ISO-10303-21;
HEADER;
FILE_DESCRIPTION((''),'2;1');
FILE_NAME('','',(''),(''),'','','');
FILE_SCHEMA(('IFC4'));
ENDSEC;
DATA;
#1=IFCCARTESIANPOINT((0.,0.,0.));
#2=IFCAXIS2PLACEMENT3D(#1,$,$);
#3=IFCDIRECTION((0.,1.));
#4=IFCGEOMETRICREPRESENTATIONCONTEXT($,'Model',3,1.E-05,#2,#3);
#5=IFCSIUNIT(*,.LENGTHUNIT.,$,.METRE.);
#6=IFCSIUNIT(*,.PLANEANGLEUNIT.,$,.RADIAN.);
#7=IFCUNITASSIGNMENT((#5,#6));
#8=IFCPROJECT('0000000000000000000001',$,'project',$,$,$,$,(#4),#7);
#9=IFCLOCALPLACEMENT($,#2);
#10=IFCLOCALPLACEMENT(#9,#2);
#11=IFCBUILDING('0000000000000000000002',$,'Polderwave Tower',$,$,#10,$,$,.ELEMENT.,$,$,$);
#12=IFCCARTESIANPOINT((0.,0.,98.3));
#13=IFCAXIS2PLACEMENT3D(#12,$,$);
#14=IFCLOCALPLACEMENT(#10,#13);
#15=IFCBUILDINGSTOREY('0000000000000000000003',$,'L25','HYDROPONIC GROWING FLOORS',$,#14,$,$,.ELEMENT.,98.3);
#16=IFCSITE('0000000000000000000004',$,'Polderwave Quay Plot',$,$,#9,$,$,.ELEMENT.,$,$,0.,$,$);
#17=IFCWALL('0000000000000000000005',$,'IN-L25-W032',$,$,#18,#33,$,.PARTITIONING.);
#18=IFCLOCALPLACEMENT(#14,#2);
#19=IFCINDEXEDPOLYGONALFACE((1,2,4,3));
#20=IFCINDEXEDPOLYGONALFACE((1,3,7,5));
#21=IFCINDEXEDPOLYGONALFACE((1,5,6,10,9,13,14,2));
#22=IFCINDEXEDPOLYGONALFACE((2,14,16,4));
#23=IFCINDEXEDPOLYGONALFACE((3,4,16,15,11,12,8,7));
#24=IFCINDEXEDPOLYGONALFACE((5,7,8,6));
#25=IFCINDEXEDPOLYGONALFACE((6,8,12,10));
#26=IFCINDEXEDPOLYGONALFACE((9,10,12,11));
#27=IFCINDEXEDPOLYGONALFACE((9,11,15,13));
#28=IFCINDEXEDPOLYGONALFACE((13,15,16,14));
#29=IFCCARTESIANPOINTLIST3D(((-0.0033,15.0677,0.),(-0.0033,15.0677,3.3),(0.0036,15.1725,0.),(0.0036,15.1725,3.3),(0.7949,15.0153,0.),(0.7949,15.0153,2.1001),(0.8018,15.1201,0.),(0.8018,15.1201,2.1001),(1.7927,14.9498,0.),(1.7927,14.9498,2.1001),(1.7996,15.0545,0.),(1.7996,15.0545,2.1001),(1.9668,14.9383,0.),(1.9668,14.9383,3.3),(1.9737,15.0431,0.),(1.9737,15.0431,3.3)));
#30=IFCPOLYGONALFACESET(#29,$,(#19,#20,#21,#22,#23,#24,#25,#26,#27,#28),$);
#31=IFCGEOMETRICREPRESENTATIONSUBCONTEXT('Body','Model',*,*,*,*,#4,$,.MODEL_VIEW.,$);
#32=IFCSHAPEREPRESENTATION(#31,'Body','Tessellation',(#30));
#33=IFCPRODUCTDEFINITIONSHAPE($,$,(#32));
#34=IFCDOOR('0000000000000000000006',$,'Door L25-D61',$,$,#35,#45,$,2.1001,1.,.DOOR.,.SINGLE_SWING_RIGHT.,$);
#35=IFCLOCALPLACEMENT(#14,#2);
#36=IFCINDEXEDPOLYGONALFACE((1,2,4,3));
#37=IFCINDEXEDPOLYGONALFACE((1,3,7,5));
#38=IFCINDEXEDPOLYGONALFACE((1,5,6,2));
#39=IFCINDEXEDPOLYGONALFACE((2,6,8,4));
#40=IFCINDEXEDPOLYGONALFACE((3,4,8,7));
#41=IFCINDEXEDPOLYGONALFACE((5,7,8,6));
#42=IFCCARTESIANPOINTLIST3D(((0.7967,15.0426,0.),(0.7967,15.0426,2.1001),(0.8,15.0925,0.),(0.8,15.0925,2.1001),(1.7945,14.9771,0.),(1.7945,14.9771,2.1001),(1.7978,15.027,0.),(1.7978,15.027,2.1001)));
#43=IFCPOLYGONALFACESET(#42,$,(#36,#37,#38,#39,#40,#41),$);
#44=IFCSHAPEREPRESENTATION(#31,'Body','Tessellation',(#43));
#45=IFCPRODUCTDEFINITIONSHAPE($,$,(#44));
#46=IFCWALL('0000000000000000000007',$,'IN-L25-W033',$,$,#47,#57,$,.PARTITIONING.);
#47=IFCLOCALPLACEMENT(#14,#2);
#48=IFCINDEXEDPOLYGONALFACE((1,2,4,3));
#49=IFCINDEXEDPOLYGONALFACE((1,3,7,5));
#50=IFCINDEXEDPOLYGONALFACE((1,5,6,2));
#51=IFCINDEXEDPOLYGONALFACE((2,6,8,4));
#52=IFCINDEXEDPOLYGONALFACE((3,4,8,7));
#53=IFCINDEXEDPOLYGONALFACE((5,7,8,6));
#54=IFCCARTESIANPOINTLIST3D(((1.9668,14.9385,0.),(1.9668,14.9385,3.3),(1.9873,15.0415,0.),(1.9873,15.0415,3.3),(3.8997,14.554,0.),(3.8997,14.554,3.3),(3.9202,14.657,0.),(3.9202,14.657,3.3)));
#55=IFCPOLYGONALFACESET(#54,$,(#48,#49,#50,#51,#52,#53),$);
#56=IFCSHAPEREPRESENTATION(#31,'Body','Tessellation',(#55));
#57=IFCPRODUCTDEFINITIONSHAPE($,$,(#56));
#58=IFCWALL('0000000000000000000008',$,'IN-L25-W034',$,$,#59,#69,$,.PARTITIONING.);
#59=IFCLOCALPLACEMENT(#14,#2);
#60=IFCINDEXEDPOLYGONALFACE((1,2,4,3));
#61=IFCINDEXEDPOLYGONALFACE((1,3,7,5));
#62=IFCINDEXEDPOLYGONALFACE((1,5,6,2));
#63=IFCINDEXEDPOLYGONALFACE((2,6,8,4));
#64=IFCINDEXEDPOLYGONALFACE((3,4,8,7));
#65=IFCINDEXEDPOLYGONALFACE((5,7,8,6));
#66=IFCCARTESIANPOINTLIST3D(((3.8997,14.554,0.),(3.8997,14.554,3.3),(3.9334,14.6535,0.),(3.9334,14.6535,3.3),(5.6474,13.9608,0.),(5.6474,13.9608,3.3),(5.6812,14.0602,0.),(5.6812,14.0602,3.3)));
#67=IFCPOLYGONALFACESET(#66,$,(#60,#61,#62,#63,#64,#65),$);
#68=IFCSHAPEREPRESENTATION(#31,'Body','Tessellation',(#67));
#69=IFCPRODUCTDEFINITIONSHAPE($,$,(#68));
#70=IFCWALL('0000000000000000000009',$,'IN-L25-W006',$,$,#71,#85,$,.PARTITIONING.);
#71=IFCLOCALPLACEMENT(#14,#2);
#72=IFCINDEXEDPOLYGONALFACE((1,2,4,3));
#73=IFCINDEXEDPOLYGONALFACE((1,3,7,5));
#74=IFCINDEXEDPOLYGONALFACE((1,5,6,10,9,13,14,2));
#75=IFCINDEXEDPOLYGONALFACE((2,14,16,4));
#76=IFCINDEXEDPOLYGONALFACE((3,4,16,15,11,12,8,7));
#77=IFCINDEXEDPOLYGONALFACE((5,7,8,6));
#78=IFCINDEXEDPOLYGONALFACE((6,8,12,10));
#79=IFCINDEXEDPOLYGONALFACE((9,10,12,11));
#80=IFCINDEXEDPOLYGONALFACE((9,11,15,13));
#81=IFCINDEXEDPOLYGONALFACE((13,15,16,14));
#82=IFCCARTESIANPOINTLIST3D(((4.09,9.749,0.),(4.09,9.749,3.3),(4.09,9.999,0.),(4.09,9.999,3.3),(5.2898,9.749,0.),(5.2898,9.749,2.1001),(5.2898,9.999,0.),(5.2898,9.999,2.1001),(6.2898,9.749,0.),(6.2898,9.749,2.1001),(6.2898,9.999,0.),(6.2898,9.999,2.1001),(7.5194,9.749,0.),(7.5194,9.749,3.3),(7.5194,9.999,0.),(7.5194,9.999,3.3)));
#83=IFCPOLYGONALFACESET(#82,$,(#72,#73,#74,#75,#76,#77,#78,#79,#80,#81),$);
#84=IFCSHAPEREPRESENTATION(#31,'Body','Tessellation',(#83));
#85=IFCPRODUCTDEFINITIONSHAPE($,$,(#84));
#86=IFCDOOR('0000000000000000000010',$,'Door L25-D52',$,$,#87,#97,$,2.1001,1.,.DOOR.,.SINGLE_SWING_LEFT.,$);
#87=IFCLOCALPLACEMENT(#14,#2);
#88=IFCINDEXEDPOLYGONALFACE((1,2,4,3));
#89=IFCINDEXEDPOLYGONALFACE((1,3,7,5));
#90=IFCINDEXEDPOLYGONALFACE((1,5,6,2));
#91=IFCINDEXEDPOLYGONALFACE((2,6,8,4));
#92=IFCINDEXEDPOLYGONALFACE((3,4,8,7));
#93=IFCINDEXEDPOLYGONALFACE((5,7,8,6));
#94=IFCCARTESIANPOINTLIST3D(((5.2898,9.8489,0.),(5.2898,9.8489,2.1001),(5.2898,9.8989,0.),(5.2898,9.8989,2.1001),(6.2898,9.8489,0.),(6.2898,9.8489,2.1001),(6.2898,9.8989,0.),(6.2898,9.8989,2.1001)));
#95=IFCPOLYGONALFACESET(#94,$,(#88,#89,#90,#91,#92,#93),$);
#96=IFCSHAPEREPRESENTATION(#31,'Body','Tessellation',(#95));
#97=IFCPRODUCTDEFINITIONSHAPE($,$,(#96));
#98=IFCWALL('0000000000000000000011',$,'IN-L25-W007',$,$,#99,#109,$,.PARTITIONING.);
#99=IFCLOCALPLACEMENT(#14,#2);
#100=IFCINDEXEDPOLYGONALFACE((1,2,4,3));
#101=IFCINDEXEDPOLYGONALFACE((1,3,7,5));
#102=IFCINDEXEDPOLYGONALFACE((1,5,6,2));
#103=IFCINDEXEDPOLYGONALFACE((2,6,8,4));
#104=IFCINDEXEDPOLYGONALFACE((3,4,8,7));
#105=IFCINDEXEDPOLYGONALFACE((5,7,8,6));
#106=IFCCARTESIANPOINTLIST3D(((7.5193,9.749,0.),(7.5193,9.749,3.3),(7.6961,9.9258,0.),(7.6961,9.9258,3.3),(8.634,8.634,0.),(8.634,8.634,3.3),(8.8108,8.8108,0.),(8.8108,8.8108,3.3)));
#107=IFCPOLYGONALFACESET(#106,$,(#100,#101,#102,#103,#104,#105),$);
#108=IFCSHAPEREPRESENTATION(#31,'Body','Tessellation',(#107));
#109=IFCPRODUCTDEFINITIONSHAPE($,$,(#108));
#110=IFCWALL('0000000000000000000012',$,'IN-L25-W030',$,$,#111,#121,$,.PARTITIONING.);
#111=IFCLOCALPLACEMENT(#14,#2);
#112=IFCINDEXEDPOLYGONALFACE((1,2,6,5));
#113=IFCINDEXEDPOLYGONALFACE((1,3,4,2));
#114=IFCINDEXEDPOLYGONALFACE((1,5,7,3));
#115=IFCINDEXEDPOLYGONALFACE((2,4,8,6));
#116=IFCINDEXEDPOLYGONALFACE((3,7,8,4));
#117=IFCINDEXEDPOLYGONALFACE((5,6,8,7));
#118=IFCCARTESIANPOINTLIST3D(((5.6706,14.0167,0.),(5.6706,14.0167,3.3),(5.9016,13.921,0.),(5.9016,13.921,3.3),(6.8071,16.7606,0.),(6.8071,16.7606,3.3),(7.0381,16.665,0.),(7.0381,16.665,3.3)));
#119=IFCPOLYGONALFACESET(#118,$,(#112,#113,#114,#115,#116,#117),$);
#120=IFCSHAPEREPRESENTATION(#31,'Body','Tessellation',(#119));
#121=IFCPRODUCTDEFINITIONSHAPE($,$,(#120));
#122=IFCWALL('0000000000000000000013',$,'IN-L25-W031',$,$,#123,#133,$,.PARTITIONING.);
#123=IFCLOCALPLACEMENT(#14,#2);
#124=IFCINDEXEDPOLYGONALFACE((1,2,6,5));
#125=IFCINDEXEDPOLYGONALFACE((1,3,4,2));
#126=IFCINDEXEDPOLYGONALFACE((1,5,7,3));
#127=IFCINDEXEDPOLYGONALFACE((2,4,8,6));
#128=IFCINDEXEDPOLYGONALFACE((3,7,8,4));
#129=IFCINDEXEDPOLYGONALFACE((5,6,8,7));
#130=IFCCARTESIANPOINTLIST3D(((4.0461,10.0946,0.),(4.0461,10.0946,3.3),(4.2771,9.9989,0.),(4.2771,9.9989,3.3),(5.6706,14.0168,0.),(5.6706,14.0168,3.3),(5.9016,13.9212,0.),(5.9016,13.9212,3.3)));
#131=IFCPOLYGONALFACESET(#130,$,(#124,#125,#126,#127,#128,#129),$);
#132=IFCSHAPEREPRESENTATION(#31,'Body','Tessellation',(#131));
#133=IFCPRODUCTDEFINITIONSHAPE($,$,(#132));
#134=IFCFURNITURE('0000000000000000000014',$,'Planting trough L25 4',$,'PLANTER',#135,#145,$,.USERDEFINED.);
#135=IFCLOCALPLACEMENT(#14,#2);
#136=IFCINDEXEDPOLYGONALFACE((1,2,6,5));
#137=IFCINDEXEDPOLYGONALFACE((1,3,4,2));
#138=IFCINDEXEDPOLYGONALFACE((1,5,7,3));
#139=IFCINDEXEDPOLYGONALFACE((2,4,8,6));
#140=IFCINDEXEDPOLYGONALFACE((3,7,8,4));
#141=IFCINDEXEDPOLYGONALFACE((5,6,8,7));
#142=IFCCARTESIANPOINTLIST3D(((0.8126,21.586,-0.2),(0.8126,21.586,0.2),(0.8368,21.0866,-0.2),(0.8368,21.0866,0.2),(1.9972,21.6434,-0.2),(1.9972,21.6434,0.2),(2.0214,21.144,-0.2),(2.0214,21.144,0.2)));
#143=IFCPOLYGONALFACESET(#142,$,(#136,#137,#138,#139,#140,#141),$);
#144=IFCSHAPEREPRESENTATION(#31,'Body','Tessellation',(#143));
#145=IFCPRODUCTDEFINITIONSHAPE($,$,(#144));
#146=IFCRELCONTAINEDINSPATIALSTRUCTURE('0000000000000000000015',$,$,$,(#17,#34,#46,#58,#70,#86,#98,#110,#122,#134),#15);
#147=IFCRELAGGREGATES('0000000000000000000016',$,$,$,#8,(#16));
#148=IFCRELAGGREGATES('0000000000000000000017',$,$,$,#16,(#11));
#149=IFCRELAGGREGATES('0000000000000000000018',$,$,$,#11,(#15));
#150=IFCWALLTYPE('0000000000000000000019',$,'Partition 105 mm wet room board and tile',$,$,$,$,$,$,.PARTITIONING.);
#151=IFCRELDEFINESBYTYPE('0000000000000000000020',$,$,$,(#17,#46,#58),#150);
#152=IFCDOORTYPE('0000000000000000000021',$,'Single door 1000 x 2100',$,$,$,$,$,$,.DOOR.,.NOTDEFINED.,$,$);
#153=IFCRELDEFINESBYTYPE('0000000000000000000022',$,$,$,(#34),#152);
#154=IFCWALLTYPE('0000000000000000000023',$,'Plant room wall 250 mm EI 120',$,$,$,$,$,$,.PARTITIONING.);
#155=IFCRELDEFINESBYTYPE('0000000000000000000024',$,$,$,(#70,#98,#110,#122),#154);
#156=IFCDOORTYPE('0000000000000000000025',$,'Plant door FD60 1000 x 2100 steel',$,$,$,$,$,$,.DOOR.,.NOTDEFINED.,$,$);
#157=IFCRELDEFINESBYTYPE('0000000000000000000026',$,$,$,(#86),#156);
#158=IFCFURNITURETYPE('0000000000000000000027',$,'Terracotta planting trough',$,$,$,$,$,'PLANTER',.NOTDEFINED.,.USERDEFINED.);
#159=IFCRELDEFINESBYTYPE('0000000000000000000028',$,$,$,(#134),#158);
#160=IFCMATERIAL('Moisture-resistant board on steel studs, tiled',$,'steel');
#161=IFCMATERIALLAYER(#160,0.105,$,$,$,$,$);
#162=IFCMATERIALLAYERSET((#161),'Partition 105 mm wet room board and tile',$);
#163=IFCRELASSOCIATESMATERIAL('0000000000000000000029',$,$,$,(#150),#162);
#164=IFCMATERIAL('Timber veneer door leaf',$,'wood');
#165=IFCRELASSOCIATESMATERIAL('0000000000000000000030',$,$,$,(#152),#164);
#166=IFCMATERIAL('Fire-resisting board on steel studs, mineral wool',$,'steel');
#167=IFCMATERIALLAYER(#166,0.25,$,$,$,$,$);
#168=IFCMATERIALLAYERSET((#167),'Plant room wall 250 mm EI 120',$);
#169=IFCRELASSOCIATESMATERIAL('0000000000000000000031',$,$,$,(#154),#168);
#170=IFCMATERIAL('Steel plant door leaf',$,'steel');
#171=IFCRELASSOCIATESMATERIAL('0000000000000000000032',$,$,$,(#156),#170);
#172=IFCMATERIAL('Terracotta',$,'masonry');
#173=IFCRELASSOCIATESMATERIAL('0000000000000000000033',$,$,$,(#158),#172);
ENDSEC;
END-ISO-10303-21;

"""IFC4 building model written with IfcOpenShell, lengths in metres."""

from ifc_helpers import new_model, si_unit, direction, frame, frame_2d, origin, origin_2d, place, context, subcontext, project, spatial, rectangle, extrude, material, layer, layer_set, type_object, element, fill, save


model = new_model("IFC4")

# Units and contexts
model_context = context("Model", 3, precision=1e-05, world=origin(), true_north=direction((0.0, 1.0)))
body_context = subcontext(model_context, "Body", "Model", "MODEL_VIEW")
ifc_project = project(units=[si_unit("LENGTHUNIT", "METRE"), si_unit("PLANEANGLEUNIT", "RADIAN")], contexts=[model_context])

# Site, building, storey
site_placement = place(None, origin())
site = spatial("IfcSite", under=ifc_project, at=site_placement, Name="Polderwave Quay Plot", CompositionType="ELEMENT", RefElevation=0.0)
building_placement = place(site_placement, origin())
building = spatial("IfcBuilding", under=site, at=building_placement, Name="Polderwave Tower", CompositionType="ELEMENT")
storey_placement = place(building_placement, frame((0.0, 0.0, 98.3)))
storey = spatial("IfcBuildingStorey", under=building, at=storey_placement, Name="L25", Description="HYDROPONIC GROWING FLOORS", CompositionType="ELEMENT", Elevation=98.3)

# Wall, opening, door
ifc_material_1 = material(Name="Moisture-resistant board on steel studs, tiled", Category="steel")
ifc_layer_1 = layer(ifc_material_1, 0.105)
ifc_layer_set_1 = layer_set([ifc_layer_1], Name="Partition 105 mm wet room board and tile")
wall_type_1 = type_object("IfcWallType", Name="Partition 105 mm wet room board and tile", PredefinedType="PARTITIONING", material=ifc_layer_set_1)
wall_1_placement = place(storey_placement, frame((0.0, 15.1201, 0.0), z_axis=(0.0, 0.0, 1.0), x_axis=(0.99785, -0.065534, 0.0)))
wall_1 = element("IfcWall", 1, at=wall_1_placement, inside=storey, type_object=wall_type_1, Name="IN-L25-W032", PredefinedType="PARTITIONING", context=body_context, shape_type="SweptSolid", body=[
    extrude(rectangle(XDim=1.9744, YDim=0.105, at=frame_2d((0.9873, 0.0))), origin(), (0.0, 0.0, 1.0), 3.3),
])
opening_1_placement = place(wall_1_placement, frame((0.8, 0.0, 0.0)))
opening_1 = element("IfcOpeningElement", 2, at=opening_1_placement, cuts=wall_1, PredefinedType="OPENING", context=body_context, shape_type="SweptSolid", body=[
    extrude(rectangle(XDim=1.0, YDim=2.1001, at=frame_2d((0.5, 1.05))), frame((0.0, 0.0625, 0.0), z_axis=(0.0, -1.0, 0.0), x_axis=(1.0, 0.0, 0.0)), (0.0, 0.0, 1.0), 0.125),
])
ifc_material_2 = material(Name="Timber veneer door leaf", Category="wood")
door_type_1 = type_object("IfcDoorType", Name="Single door 1000 x 2100", OperationType="NOTDEFINED", PredefinedType="DOOR", material=ifc_material_2)
door_1_placement = place(opening_1_placement, origin())
door_1 = element("IfcDoor", 3, at=door_1_placement, inside=storey, type_object=door_type_1, Name="Door L25-D61", OperationType="SINGLE_SWING_RIGHT", OverallHeight=2.1001, OverallWidth=1.0, PredefinedType="DOOR", context=body_context, shape_type="SweptSolid", body=[
    extrude(rectangle(XDim=1.0, YDim=2.1001, at=frame_2d((0.5, 1.05))), frame((0.0, 0.0249, 0.0), z_axis=(0.0, -1.0, 0.0), x_axis=(1.0, 0.0, 0.0)), (0.0, 0.0, 1.0), 0.05),
])
fill(opening_1, door_1)

# Walls
wall_2_placement = place(storey_placement, frame((3.9099, 14.6055, 0.0), z_axis=(0.0, 0.0, 1.0), x_axis=(-0.98078, 0.195115, 0.0)))
element("IfcWall", 4, at=wall_2_placement, inside=storey, type_object=wall_type_1, Name="IN-L25-W033", PredefinedType="PARTITIONING", context=body_context, shape_type="SweptSolid", body=[
    extrude(rectangle(XDim=1.9707, YDim=0.105, at=frame_2d((0.9854, 0.0))), origin(), (0.0, 0.0, 1.0), 3.3),
])
wall_3_placement = place(storey_placement, frame((5.6643, 14.0105, 0.0), z_axis=(0.0, 0.0, 1.0), x_axis=(-0.946936, 0.321421, 0.0)))
element("IfcWall", 5, at=wall_3_placement, inside=storey, type_object=wall_type_1, Name="IN-L25-W034", PredefinedType="PARTITIONING", context=body_context, shape_type="SweptSolid", body=[
    extrude(rectangle(XDim=1.8457, YDim=0.105, at=frame_2d((0.9229, 0.0))), origin(), (0.0, 0.0, 1.0), 3.3),
])

# Wall, opening, door
ifc_material_3 = material(Name="Fire-resisting board on steel studs, mineral wool", Category="steel")
ifc_layer_2 = layer(ifc_material_3, 0.25)
ifc_layer_set_2 = layer_set([ifc_layer_2], Name="Plant room wall 250 mm EI 120")
wall_type_2 = type_object("IfcWallType", Name="Plant room wall 250 mm EI 120", PredefinedType="PARTITIONING", material=ifc_layer_set_2)
wall_4_placement = place(storey_placement, frame((4.0898, 9.874, 0.0), z_axis=(0.0, 0.0, 1.0), x_axis=(1.0, 0.0, 0.0)))
wall_4 = element("IfcWall", 6, at=wall_4_placement, inside=storey, type_object=wall_type_2, Name="IN-L25-W006", PredefinedType="PARTITIONING", context=body_context, shape_type="SweptSolid", body=[
    extrude(rectangle(XDim=3.4294, YDim=0.25, at=frame_2d((1.7148, 0.0))), origin(), (0.0, 0.0, 1.0), 3.3),
])
opening_2_placement = place(wall_4_placement, frame((1.2, 0.0, 0.0)))
opening_2 = element("IfcOpeningElement", 7, at=opening_2_placement, cuts=wall_4, PredefinedType="OPENING", context=body_context, shape_type="SweptSolid", body=[
    extrude(rectangle(XDim=1.0, YDim=2.1001, at=frame_2d((0.5, 1.05))), frame((0.0, 0.135, 0.0), z_axis=(0.0, -1.0, 0.0), x_axis=(1.0, 0.0, 0.0)), (0.0, 0.0, 1.0), 0.27),
])
ifc_material_4 = material(Name="Steel plant door leaf", Category="steel")
door_type_2 = type_object("IfcDoorType", Name="Plant door FD60 1000 x 2100 steel", OperationType="NOTDEFINED", PredefinedType="DOOR", material=ifc_material_4)
door_2_placement = place(opening_2_placement, origin())
door_2 = element("IfcDoor", 8, at=door_2_placement, inside=storey, type_object=door_type_2, Name="Door L25-D52", OperationType="SINGLE_SWING_LEFT", OverallHeight=2.1001, OverallWidth=1.0, PredefinedType="DOOR", context=body_context, shape_type="SweptSolid", body=[
    extrude(rectangle(XDim=1.0, YDim=2.1001, at=frame_2d((0.5, 1.05))), frame((0.0, 0.0249, 0.0), z_axis=(0.0, -1.0, 0.0), x_axis=(1.0, 0.0, 0.0)), (0.0, 0.0, 1.0), 0.05),
])
fill(opening_2, door_2)

# Walls
wall_5_placement = place(storey_placement, frame((7.6077, 9.8374, 0.0), z_axis=(0.0, 0.0, 1.0), x_axis=(0.707029, -0.707184, 0.0)))
element("IfcWall", 9, at=wall_5_placement, inside=storey, type_object=wall_type_2, Name="IN-L25-W007", PredefinedType="PARTITIONING", context=body_context, shape_type="SweptSolid", body=[
    extrude(rectangle(XDim=1.5767, YDim=0.25, at=frame_2d((0.7883, 0.0))), origin(), (0.0, 0.0, 1.0), 3.3),
])
wall_6_placement = place(storey_placement, frame((5.7861, 13.969, 0.0), z_axis=(0.0, 0.0, 1.0), x_axis=(0.382659, 0.92389, 0.0)))
element("IfcWall", 10, at=wall_6_placement, inside=storey, type_object=wall_type_2, Name="IN-L25-W030", PredefinedType="PARTITIONING", context=body_context, shape_type="SweptSolid", body=[
    extrude(rectangle(XDim=2.97, YDim=0.25, at=frame_2d((1.4849, 0.0))), origin(), (0.0, 0.0, 1.0), 3.3),
])
wall_7_placement = place(storey_placement, frame((4.1616, 10.0469, 0.0), z_axis=(0.0, 0.0, 1.0), x_axis=(0.382667, 0.923886, 0.0)))
element("IfcWall", 11, at=wall_7_placement, inside=storey, type_object=wall_type_2, Name="IN-L25-W031", PredefinedType="PARTITIONING", context=body_context, shape_type="SweptSolid", body=[
    extrude(rectangle(XDim=4.2454, YDim=0.25, at=frame_2d((2.1226, 0.0))), origin(), (0.0, 0.0, 1.0), 3.3),
])

# Furniture
ifc_material_5 = material(Name="Terracotta", Category="masonry")
furniture_type = type_object("IfcFurnitureType", Name="Terracotta planting trough", ElementType="PLANTER", AssemblyPlace="NOTDEFINED", PredefinedType="USERDEFINED", material=ifc_material_5)
furniture_placement = place(storey_placement, frame((1.417, 21.365, -0.2), z_axis=(0.0, 0.0, 1.0), x_axis=(-0.998829, -0.04839, 0.0)))
element("IfcFurniture", 12, at=furniture_placement, inside=storey, type_object=furniture_type, Name="Planting trough L25 4", ObjectType="PLANTER", PredefinedType="USERDEFINED", context=body_context, shape_type="SweptSolid", body=[
    extrude(rectangle(XDim=1.186, YDim=0.5, at=origin_2d()), origin(), (0.0, 0.0, 1.0), 0.3999),
])

save(model, "model.ifc")
